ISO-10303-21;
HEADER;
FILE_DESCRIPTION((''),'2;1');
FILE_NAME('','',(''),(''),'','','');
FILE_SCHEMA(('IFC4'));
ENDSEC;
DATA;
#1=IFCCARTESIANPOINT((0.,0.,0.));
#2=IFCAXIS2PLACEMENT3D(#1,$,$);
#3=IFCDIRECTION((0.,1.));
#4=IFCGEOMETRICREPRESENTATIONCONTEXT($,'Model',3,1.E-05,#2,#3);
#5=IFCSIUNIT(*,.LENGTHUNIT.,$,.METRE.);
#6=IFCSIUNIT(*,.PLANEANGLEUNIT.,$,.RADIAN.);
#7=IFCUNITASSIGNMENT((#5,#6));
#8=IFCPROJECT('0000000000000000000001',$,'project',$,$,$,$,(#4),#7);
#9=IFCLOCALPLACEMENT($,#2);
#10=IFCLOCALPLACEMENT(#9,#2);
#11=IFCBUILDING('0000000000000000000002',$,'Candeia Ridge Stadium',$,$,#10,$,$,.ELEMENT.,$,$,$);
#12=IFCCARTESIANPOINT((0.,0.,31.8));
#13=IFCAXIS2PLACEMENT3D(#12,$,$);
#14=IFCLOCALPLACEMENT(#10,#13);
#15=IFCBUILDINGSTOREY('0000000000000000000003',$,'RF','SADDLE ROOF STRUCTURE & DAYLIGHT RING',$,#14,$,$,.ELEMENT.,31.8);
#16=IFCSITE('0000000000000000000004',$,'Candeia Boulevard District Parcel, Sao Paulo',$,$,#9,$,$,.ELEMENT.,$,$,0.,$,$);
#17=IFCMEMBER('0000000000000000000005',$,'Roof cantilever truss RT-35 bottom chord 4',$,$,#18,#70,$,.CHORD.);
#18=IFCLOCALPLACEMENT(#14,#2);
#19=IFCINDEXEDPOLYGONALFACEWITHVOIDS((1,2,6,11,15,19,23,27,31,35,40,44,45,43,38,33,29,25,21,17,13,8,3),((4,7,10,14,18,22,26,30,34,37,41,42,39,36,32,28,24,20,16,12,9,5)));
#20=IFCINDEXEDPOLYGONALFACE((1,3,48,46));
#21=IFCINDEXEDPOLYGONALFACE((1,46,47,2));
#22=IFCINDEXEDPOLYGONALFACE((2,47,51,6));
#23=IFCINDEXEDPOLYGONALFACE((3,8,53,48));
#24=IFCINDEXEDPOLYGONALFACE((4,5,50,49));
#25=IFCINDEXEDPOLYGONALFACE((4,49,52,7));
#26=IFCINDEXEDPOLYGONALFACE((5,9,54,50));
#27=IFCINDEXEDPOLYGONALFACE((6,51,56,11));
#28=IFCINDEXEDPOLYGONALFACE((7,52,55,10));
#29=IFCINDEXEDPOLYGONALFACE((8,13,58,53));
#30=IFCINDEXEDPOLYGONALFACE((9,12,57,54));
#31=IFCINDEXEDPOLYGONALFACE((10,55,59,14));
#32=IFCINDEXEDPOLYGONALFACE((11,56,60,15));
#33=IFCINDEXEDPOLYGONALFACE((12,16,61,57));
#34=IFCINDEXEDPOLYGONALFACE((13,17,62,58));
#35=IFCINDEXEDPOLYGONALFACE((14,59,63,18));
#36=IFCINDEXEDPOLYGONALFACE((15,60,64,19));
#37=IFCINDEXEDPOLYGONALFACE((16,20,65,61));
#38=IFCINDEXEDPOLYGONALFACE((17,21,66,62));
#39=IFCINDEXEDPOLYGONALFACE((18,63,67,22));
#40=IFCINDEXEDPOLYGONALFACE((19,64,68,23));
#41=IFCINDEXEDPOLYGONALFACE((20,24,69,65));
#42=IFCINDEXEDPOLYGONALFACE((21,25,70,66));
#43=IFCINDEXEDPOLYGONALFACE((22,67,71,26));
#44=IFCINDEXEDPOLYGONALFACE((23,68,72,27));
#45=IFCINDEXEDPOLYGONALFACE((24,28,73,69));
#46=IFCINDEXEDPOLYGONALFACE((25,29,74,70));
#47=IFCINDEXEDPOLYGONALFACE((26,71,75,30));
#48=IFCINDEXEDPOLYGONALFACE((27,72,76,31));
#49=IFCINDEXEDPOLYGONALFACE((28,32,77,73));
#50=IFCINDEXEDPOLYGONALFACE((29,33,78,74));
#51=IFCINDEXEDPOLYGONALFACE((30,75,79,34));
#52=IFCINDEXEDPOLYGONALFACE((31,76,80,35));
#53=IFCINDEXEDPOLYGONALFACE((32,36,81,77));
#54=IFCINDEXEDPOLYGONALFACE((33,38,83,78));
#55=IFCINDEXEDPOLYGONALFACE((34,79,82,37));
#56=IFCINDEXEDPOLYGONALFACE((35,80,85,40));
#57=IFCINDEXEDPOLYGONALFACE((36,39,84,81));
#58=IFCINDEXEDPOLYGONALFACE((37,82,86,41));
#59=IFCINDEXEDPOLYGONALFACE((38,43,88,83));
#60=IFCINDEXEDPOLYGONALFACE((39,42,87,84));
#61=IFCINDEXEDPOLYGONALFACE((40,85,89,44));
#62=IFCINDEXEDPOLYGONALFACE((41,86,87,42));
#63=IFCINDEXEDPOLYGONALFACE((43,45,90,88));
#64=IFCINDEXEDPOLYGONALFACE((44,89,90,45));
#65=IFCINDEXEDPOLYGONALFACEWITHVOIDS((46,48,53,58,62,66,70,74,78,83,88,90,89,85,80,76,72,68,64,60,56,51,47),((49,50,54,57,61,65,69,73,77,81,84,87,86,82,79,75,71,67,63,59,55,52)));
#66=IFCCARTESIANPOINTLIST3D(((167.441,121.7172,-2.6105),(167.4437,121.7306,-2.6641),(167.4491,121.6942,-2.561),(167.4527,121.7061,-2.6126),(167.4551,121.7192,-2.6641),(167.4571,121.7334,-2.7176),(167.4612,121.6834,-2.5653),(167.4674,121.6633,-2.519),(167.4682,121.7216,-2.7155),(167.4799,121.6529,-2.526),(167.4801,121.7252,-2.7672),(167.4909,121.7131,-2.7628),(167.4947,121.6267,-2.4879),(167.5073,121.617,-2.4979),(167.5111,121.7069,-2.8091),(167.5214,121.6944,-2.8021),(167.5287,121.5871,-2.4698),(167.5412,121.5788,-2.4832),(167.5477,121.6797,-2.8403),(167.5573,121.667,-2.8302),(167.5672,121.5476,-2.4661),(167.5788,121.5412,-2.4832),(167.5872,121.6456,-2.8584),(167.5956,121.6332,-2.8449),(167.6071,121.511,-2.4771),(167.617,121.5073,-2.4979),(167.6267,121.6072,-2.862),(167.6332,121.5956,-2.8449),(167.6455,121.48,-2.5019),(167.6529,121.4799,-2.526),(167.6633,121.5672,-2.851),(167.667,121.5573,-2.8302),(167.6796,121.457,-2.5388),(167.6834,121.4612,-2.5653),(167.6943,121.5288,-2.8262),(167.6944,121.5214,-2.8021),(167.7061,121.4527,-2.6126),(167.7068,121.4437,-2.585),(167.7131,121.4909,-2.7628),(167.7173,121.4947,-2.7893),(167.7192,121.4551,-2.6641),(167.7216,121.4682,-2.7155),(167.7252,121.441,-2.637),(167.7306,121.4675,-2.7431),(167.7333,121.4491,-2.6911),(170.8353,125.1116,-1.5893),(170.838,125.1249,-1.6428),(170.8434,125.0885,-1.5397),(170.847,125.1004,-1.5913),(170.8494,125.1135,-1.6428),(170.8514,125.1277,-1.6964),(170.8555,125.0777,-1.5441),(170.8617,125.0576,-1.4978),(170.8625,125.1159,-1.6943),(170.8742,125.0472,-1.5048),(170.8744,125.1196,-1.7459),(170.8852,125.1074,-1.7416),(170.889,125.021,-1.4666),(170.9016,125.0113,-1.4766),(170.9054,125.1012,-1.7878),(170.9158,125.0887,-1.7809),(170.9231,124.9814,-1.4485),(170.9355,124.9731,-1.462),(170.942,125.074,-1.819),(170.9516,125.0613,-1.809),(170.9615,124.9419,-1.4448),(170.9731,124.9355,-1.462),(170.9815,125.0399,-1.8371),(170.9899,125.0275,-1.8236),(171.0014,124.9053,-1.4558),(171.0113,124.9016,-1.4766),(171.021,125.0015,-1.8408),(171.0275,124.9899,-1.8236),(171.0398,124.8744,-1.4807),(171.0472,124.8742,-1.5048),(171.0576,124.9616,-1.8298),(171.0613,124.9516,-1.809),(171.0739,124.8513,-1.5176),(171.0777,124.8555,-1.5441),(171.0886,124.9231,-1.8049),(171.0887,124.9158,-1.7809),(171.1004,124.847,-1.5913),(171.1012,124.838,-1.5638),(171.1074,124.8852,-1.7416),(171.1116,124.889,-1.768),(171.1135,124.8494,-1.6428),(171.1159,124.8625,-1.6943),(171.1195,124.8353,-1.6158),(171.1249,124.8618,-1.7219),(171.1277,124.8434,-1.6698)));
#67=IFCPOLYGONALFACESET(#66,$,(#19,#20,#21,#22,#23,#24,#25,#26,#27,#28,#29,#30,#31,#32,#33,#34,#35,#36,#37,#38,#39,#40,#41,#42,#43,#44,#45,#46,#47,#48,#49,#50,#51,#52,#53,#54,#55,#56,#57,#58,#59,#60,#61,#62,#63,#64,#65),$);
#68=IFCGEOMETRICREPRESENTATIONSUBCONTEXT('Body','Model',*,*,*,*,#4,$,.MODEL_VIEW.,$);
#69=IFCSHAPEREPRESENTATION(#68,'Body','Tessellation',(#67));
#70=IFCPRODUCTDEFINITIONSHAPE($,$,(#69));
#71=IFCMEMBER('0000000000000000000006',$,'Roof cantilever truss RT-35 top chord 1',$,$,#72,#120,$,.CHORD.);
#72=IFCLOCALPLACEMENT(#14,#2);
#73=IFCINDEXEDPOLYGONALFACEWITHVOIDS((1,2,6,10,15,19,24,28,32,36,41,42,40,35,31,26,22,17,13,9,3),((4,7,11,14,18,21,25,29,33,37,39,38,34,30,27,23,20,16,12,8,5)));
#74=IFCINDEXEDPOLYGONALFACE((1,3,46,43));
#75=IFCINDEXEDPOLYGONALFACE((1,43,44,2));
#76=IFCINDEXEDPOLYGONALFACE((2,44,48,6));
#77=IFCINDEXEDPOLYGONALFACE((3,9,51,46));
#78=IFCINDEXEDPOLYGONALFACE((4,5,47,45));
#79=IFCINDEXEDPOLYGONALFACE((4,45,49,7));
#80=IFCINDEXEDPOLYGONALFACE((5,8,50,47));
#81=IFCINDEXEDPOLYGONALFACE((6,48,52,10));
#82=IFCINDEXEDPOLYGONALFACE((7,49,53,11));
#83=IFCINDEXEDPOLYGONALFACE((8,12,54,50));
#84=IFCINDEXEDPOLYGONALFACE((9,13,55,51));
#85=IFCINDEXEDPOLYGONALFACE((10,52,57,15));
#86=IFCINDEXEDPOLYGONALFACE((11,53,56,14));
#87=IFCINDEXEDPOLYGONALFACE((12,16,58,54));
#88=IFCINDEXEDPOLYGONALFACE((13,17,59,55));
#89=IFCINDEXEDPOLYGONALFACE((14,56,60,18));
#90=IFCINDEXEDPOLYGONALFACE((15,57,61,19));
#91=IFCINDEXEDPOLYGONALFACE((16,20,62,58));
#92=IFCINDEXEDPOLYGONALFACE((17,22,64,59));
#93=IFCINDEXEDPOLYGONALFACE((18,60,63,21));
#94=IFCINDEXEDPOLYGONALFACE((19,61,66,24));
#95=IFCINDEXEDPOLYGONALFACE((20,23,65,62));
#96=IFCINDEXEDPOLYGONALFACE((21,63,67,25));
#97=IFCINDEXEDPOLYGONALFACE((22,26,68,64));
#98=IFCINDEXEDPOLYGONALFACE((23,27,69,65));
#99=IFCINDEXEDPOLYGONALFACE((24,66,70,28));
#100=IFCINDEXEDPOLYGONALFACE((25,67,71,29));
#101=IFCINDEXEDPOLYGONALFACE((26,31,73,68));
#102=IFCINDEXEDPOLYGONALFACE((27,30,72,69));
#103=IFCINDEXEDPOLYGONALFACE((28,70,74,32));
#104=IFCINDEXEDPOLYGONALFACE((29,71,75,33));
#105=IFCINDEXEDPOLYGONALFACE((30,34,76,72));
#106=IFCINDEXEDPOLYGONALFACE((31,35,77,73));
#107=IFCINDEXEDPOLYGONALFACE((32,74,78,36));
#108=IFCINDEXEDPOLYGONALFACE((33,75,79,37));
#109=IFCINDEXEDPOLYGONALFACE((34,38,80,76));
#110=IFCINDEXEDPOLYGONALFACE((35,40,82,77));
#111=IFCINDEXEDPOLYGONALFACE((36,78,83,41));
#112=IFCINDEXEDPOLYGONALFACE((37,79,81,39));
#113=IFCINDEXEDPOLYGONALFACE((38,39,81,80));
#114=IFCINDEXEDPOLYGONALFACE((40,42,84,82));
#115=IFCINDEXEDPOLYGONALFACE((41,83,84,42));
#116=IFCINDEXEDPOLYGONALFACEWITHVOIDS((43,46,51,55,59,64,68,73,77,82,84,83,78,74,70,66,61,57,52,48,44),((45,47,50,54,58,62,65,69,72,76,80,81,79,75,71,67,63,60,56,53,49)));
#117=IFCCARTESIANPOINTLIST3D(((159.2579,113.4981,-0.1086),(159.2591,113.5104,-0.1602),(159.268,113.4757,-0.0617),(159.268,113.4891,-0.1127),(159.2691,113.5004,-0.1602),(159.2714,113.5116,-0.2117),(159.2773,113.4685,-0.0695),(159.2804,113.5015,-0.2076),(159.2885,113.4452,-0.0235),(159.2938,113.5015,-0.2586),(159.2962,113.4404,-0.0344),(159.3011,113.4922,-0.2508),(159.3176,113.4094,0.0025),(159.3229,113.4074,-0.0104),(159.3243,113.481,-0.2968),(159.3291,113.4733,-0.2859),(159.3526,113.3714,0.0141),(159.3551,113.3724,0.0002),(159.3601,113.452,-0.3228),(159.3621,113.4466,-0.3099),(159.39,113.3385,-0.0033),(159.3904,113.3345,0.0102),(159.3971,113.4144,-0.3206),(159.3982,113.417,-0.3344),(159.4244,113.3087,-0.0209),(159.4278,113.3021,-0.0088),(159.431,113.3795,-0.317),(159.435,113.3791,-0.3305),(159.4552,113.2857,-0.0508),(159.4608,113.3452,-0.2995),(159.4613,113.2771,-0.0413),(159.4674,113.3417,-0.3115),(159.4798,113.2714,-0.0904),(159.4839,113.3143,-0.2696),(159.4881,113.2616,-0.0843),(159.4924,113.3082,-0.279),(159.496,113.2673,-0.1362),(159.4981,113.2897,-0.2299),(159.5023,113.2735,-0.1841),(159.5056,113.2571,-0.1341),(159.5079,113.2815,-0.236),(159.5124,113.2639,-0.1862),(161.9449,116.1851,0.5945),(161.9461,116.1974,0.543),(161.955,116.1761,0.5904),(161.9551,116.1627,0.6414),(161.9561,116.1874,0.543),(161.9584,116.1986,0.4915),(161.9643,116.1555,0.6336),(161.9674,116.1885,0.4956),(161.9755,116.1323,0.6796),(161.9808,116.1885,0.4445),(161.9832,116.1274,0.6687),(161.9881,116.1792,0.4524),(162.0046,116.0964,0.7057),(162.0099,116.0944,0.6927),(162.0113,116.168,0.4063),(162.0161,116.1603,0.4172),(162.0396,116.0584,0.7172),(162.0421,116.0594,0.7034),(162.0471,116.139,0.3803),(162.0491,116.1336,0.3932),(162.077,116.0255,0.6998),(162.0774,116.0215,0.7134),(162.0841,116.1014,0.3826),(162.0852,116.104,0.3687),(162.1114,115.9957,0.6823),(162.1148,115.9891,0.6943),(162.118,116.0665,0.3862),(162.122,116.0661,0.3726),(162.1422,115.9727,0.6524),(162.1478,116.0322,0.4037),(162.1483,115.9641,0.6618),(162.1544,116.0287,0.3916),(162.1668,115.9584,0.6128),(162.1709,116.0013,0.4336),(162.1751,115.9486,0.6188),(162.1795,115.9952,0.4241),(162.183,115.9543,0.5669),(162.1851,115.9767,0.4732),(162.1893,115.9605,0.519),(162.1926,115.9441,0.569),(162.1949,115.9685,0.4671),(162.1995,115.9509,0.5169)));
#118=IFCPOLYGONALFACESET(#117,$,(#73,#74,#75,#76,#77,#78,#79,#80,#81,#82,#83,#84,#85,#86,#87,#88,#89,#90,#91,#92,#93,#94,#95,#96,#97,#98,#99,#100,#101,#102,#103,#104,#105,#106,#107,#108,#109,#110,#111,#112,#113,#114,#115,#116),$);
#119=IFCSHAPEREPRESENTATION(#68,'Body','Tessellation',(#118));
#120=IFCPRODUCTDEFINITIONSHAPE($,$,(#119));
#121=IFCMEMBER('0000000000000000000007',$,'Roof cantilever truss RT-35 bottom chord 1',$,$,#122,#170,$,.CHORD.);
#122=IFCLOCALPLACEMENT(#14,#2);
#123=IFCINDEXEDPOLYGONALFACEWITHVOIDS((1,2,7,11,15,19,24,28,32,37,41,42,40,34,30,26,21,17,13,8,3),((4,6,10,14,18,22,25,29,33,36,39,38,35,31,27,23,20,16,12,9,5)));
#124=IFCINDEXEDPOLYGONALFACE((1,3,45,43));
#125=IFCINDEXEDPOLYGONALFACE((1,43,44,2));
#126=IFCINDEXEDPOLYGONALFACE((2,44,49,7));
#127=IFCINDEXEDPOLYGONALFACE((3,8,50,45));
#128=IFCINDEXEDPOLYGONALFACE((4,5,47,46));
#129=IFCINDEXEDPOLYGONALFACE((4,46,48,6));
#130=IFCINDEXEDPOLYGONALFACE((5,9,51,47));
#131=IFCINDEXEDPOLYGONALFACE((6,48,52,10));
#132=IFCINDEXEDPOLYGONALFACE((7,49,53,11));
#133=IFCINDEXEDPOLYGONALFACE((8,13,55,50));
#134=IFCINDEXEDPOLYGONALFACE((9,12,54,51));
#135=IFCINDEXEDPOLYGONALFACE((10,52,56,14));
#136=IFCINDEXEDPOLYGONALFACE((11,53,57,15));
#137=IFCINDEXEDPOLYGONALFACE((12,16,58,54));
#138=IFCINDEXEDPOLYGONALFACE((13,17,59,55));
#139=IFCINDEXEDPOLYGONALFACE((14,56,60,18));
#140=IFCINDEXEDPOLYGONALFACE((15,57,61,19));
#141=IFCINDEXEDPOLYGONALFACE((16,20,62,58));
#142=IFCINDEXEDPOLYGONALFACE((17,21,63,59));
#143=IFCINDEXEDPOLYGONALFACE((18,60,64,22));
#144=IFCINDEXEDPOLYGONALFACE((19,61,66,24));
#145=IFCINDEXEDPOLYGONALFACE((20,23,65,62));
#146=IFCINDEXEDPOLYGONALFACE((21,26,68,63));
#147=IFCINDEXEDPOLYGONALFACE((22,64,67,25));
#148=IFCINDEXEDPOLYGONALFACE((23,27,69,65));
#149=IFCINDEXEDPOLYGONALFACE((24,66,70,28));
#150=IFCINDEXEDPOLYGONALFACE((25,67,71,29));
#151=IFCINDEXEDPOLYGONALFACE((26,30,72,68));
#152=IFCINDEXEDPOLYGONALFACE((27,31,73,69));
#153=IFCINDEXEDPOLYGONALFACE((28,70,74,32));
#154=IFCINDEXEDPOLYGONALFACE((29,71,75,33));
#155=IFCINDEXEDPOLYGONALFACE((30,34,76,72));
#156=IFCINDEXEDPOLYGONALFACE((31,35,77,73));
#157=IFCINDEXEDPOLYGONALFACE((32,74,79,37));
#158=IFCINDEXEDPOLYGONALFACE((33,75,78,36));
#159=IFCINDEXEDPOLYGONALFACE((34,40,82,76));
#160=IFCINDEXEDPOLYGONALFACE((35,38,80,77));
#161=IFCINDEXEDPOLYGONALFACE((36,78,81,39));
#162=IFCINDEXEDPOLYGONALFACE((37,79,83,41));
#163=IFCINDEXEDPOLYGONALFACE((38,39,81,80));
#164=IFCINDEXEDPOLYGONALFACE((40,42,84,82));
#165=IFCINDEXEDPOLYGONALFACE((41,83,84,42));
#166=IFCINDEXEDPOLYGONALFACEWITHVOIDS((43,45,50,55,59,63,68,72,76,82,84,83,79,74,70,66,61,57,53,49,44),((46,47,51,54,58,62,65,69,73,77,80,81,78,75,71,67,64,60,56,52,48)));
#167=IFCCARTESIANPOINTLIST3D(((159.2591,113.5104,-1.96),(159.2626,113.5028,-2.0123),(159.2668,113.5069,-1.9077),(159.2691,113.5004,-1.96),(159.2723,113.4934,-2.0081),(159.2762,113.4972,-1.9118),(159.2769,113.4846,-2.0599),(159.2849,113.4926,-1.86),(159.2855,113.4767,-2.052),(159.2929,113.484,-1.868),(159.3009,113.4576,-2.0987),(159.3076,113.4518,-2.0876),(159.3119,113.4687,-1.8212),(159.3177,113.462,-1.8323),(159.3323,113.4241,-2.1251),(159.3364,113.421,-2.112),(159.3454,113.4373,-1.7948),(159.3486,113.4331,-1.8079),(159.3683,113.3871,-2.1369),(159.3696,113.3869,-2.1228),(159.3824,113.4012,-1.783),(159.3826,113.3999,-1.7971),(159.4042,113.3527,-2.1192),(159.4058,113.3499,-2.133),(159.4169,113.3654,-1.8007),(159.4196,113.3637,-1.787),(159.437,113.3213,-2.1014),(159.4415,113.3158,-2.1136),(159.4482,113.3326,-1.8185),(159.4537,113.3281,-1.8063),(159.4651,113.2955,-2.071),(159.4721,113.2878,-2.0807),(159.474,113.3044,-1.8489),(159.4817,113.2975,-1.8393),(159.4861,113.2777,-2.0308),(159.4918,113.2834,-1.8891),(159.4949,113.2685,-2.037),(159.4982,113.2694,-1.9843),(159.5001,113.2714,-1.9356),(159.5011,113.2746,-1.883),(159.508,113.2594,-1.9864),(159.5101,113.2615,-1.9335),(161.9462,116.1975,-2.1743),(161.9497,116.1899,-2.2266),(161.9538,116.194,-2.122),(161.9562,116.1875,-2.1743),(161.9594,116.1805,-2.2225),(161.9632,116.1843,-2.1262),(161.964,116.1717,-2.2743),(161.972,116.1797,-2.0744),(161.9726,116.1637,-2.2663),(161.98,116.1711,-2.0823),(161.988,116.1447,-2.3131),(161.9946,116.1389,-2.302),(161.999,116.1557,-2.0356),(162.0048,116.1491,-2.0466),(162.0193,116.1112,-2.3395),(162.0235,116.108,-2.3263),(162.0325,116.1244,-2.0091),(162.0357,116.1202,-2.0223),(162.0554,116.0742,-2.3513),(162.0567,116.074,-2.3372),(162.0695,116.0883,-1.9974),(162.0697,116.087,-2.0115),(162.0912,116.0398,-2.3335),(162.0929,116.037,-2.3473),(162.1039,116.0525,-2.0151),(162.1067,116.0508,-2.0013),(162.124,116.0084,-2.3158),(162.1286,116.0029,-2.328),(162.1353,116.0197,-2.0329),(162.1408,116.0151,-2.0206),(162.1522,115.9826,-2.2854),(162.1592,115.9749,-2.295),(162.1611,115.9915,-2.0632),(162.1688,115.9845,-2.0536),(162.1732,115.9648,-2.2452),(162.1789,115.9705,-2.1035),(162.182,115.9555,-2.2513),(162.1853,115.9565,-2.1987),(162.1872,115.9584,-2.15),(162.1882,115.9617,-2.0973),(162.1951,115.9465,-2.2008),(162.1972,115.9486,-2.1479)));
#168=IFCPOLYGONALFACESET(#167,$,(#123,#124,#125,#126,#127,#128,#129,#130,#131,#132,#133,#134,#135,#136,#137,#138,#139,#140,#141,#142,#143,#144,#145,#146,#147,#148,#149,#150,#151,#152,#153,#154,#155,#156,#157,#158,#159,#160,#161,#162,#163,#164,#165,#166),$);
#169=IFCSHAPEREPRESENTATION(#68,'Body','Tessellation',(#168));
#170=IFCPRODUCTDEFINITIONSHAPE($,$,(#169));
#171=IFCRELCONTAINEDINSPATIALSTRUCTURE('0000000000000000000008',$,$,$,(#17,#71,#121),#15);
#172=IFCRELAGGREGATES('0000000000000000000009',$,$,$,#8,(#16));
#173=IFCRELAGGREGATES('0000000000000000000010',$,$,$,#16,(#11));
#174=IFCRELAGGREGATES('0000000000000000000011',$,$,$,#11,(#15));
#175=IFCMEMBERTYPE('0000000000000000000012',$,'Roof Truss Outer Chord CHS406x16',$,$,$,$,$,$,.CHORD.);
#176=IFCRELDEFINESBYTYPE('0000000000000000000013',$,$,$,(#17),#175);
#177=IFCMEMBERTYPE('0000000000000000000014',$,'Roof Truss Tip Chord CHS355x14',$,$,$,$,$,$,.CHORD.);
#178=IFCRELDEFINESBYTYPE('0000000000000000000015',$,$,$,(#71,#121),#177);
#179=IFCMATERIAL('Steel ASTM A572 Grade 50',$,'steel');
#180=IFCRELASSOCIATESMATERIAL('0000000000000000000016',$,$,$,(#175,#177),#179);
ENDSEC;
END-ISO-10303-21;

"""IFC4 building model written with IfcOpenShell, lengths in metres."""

from ifc_helpers import new_model, si_unit, direction, frame, origin, origin_2d, place, context, subcontext, project, spatial, hollow_circle, extrude, material, material_profile, profile_set, type_object, element, save


model = new_model("IFC4")

# Units and contexts
model_context = context("Model", 3, precision=1e-05, world=origin(), true_north=direction((0.0, 1.0)))
body_context = subcontext(model_context, "Body", "Model", "MODEL_VIEW")
ifc_project = project(units=[si_unit("LENGTHUNIT", "METRE"), si_unit("PLANEANGLEUNIT", "RADIAN")], contexts=[model_context])

# Site, building, storey
site_placement = place(None, origin())
site = spatial("IfcSite", under=ifc_project, at=site_placement, Name="Candeia Boulevard District Parcel, Sao Paulo", CompositionType="ELEMENT", RefElevation=0.0)
building_placement = place(site_placement, origin())
building = spatial("IfcBuilding", under=site, at=building_placement, Name="Candeia Ridge Stadium", CompositionType="ELEMENT")
storey_placement = place(building_placement, frame((0.0, 0.0, 31.8)))
storey = spatial("IfcBuildingStorey", under=building, at=storey_placement, Name="RF", Description="SADDLE ROOF STRUCTURE & DAYLIGHT RING", CompositionType="ELEMENT", Elevation=31.8)

# Shared definitions
ifc_material_1 = material(Name="Steel ASTM A572 Grade 50", Category="steel")

# Members
ifc_material_profile_1 = material_profile(ifc_material_1, hollow_circle(Radius=0.2029, WallThickness=0.0161, at=origin_2d()), Name="CHS406x16", Category="steel")
ifc_profile_set_1 = profile_set([ifc_material_profile_1], Name="Steel ASTM A572 Grade 50")
member_type_1 = type_object("IfcMemberType", Name="Roof Truss Outer Chord CHS406x16", PredefinedType="CHORD", material=ifc_profile_set_1)
member_1_placement = place(storey_placement, frame((167.5872, 121.5872, -2.6641), z_axis=(0.691628, 0.691628, 0.20809), x_axis=(-0.707107, 0.707107, 0.0)))
element("IfcMember", 1, at=member_1_placement, inside=storey, type_object=member_type_1, Name="Roof cantilever truss RT-35 bottom chord 4", PredefinedType="CHORD", context=body_context, shape_type="SweptSolid", body=[
    extrude(hollow_circle(Radius=0.2029, WallThickness=0.0161, at=origin_2d()), origin(), (0.0, 0.0, 1.0), 4.9077),
])
ifc_material_profile_2 = material_profile(ifc_material_1, hollow_circle(Radius=0.1777, WallThickness=0.0142, at=origin_2d()), Name="CHS355x14", Category="steel")
ifc_profile_set_2 = profile_set([ifc_material_profile_2], Name="Steel ASTM A572 Grade 50")
member_type_2 = type_object("IfcMemberType", Name="Roof Truss Tip Chord CHS355x14", PredefinedType="CHORD", material=ifc_profile_set_2)
member_2_placement = place(storey_placement, frame((159.3848, 113.3848, -0.1602), z_axis=(0.695304, 0.695304, 0.181944), x_axis=(-0.707107, 0.707107, 0.0)))
element("IfcMember", 2, at=member_2_placement, inside=storey, type_object=member_type_2, Name="Roof cantilever truss RT-35 top chord 1", PredefinedType="CHORD", context=body_context, shape_type="SweptSolid", body=[
    extrude(hollow_circle(Radius=0.1777, WallThickness=0.0142, at=origin_2d()), origin(), (0.0, 0.0, 1.0), 3.8645),
])
member_3_placement = place(storey_placement, frame((159.3848, 113.3848, -1.96), z_axis=(0.705984, 0.705984, -0.05632), x_axis=(-0.707107, 0.707107, 0.0)))
element("IfcMember", 3, at=member_3_placement, inside=storey, type_object=member_type_2, Name="Roof cantilever truss RT-35 bottom chord 1", PredefinedType="CHORD", context=body_context, shape_type="SweptSolid", body=[
    extrude(hollow_circle(Radius=0.1777, WallThickness=0.0142, at=origin_2d()), origin(), (0.0, 0.0, 1.0), 3.8062),
])

save(model, "model.ifc")
